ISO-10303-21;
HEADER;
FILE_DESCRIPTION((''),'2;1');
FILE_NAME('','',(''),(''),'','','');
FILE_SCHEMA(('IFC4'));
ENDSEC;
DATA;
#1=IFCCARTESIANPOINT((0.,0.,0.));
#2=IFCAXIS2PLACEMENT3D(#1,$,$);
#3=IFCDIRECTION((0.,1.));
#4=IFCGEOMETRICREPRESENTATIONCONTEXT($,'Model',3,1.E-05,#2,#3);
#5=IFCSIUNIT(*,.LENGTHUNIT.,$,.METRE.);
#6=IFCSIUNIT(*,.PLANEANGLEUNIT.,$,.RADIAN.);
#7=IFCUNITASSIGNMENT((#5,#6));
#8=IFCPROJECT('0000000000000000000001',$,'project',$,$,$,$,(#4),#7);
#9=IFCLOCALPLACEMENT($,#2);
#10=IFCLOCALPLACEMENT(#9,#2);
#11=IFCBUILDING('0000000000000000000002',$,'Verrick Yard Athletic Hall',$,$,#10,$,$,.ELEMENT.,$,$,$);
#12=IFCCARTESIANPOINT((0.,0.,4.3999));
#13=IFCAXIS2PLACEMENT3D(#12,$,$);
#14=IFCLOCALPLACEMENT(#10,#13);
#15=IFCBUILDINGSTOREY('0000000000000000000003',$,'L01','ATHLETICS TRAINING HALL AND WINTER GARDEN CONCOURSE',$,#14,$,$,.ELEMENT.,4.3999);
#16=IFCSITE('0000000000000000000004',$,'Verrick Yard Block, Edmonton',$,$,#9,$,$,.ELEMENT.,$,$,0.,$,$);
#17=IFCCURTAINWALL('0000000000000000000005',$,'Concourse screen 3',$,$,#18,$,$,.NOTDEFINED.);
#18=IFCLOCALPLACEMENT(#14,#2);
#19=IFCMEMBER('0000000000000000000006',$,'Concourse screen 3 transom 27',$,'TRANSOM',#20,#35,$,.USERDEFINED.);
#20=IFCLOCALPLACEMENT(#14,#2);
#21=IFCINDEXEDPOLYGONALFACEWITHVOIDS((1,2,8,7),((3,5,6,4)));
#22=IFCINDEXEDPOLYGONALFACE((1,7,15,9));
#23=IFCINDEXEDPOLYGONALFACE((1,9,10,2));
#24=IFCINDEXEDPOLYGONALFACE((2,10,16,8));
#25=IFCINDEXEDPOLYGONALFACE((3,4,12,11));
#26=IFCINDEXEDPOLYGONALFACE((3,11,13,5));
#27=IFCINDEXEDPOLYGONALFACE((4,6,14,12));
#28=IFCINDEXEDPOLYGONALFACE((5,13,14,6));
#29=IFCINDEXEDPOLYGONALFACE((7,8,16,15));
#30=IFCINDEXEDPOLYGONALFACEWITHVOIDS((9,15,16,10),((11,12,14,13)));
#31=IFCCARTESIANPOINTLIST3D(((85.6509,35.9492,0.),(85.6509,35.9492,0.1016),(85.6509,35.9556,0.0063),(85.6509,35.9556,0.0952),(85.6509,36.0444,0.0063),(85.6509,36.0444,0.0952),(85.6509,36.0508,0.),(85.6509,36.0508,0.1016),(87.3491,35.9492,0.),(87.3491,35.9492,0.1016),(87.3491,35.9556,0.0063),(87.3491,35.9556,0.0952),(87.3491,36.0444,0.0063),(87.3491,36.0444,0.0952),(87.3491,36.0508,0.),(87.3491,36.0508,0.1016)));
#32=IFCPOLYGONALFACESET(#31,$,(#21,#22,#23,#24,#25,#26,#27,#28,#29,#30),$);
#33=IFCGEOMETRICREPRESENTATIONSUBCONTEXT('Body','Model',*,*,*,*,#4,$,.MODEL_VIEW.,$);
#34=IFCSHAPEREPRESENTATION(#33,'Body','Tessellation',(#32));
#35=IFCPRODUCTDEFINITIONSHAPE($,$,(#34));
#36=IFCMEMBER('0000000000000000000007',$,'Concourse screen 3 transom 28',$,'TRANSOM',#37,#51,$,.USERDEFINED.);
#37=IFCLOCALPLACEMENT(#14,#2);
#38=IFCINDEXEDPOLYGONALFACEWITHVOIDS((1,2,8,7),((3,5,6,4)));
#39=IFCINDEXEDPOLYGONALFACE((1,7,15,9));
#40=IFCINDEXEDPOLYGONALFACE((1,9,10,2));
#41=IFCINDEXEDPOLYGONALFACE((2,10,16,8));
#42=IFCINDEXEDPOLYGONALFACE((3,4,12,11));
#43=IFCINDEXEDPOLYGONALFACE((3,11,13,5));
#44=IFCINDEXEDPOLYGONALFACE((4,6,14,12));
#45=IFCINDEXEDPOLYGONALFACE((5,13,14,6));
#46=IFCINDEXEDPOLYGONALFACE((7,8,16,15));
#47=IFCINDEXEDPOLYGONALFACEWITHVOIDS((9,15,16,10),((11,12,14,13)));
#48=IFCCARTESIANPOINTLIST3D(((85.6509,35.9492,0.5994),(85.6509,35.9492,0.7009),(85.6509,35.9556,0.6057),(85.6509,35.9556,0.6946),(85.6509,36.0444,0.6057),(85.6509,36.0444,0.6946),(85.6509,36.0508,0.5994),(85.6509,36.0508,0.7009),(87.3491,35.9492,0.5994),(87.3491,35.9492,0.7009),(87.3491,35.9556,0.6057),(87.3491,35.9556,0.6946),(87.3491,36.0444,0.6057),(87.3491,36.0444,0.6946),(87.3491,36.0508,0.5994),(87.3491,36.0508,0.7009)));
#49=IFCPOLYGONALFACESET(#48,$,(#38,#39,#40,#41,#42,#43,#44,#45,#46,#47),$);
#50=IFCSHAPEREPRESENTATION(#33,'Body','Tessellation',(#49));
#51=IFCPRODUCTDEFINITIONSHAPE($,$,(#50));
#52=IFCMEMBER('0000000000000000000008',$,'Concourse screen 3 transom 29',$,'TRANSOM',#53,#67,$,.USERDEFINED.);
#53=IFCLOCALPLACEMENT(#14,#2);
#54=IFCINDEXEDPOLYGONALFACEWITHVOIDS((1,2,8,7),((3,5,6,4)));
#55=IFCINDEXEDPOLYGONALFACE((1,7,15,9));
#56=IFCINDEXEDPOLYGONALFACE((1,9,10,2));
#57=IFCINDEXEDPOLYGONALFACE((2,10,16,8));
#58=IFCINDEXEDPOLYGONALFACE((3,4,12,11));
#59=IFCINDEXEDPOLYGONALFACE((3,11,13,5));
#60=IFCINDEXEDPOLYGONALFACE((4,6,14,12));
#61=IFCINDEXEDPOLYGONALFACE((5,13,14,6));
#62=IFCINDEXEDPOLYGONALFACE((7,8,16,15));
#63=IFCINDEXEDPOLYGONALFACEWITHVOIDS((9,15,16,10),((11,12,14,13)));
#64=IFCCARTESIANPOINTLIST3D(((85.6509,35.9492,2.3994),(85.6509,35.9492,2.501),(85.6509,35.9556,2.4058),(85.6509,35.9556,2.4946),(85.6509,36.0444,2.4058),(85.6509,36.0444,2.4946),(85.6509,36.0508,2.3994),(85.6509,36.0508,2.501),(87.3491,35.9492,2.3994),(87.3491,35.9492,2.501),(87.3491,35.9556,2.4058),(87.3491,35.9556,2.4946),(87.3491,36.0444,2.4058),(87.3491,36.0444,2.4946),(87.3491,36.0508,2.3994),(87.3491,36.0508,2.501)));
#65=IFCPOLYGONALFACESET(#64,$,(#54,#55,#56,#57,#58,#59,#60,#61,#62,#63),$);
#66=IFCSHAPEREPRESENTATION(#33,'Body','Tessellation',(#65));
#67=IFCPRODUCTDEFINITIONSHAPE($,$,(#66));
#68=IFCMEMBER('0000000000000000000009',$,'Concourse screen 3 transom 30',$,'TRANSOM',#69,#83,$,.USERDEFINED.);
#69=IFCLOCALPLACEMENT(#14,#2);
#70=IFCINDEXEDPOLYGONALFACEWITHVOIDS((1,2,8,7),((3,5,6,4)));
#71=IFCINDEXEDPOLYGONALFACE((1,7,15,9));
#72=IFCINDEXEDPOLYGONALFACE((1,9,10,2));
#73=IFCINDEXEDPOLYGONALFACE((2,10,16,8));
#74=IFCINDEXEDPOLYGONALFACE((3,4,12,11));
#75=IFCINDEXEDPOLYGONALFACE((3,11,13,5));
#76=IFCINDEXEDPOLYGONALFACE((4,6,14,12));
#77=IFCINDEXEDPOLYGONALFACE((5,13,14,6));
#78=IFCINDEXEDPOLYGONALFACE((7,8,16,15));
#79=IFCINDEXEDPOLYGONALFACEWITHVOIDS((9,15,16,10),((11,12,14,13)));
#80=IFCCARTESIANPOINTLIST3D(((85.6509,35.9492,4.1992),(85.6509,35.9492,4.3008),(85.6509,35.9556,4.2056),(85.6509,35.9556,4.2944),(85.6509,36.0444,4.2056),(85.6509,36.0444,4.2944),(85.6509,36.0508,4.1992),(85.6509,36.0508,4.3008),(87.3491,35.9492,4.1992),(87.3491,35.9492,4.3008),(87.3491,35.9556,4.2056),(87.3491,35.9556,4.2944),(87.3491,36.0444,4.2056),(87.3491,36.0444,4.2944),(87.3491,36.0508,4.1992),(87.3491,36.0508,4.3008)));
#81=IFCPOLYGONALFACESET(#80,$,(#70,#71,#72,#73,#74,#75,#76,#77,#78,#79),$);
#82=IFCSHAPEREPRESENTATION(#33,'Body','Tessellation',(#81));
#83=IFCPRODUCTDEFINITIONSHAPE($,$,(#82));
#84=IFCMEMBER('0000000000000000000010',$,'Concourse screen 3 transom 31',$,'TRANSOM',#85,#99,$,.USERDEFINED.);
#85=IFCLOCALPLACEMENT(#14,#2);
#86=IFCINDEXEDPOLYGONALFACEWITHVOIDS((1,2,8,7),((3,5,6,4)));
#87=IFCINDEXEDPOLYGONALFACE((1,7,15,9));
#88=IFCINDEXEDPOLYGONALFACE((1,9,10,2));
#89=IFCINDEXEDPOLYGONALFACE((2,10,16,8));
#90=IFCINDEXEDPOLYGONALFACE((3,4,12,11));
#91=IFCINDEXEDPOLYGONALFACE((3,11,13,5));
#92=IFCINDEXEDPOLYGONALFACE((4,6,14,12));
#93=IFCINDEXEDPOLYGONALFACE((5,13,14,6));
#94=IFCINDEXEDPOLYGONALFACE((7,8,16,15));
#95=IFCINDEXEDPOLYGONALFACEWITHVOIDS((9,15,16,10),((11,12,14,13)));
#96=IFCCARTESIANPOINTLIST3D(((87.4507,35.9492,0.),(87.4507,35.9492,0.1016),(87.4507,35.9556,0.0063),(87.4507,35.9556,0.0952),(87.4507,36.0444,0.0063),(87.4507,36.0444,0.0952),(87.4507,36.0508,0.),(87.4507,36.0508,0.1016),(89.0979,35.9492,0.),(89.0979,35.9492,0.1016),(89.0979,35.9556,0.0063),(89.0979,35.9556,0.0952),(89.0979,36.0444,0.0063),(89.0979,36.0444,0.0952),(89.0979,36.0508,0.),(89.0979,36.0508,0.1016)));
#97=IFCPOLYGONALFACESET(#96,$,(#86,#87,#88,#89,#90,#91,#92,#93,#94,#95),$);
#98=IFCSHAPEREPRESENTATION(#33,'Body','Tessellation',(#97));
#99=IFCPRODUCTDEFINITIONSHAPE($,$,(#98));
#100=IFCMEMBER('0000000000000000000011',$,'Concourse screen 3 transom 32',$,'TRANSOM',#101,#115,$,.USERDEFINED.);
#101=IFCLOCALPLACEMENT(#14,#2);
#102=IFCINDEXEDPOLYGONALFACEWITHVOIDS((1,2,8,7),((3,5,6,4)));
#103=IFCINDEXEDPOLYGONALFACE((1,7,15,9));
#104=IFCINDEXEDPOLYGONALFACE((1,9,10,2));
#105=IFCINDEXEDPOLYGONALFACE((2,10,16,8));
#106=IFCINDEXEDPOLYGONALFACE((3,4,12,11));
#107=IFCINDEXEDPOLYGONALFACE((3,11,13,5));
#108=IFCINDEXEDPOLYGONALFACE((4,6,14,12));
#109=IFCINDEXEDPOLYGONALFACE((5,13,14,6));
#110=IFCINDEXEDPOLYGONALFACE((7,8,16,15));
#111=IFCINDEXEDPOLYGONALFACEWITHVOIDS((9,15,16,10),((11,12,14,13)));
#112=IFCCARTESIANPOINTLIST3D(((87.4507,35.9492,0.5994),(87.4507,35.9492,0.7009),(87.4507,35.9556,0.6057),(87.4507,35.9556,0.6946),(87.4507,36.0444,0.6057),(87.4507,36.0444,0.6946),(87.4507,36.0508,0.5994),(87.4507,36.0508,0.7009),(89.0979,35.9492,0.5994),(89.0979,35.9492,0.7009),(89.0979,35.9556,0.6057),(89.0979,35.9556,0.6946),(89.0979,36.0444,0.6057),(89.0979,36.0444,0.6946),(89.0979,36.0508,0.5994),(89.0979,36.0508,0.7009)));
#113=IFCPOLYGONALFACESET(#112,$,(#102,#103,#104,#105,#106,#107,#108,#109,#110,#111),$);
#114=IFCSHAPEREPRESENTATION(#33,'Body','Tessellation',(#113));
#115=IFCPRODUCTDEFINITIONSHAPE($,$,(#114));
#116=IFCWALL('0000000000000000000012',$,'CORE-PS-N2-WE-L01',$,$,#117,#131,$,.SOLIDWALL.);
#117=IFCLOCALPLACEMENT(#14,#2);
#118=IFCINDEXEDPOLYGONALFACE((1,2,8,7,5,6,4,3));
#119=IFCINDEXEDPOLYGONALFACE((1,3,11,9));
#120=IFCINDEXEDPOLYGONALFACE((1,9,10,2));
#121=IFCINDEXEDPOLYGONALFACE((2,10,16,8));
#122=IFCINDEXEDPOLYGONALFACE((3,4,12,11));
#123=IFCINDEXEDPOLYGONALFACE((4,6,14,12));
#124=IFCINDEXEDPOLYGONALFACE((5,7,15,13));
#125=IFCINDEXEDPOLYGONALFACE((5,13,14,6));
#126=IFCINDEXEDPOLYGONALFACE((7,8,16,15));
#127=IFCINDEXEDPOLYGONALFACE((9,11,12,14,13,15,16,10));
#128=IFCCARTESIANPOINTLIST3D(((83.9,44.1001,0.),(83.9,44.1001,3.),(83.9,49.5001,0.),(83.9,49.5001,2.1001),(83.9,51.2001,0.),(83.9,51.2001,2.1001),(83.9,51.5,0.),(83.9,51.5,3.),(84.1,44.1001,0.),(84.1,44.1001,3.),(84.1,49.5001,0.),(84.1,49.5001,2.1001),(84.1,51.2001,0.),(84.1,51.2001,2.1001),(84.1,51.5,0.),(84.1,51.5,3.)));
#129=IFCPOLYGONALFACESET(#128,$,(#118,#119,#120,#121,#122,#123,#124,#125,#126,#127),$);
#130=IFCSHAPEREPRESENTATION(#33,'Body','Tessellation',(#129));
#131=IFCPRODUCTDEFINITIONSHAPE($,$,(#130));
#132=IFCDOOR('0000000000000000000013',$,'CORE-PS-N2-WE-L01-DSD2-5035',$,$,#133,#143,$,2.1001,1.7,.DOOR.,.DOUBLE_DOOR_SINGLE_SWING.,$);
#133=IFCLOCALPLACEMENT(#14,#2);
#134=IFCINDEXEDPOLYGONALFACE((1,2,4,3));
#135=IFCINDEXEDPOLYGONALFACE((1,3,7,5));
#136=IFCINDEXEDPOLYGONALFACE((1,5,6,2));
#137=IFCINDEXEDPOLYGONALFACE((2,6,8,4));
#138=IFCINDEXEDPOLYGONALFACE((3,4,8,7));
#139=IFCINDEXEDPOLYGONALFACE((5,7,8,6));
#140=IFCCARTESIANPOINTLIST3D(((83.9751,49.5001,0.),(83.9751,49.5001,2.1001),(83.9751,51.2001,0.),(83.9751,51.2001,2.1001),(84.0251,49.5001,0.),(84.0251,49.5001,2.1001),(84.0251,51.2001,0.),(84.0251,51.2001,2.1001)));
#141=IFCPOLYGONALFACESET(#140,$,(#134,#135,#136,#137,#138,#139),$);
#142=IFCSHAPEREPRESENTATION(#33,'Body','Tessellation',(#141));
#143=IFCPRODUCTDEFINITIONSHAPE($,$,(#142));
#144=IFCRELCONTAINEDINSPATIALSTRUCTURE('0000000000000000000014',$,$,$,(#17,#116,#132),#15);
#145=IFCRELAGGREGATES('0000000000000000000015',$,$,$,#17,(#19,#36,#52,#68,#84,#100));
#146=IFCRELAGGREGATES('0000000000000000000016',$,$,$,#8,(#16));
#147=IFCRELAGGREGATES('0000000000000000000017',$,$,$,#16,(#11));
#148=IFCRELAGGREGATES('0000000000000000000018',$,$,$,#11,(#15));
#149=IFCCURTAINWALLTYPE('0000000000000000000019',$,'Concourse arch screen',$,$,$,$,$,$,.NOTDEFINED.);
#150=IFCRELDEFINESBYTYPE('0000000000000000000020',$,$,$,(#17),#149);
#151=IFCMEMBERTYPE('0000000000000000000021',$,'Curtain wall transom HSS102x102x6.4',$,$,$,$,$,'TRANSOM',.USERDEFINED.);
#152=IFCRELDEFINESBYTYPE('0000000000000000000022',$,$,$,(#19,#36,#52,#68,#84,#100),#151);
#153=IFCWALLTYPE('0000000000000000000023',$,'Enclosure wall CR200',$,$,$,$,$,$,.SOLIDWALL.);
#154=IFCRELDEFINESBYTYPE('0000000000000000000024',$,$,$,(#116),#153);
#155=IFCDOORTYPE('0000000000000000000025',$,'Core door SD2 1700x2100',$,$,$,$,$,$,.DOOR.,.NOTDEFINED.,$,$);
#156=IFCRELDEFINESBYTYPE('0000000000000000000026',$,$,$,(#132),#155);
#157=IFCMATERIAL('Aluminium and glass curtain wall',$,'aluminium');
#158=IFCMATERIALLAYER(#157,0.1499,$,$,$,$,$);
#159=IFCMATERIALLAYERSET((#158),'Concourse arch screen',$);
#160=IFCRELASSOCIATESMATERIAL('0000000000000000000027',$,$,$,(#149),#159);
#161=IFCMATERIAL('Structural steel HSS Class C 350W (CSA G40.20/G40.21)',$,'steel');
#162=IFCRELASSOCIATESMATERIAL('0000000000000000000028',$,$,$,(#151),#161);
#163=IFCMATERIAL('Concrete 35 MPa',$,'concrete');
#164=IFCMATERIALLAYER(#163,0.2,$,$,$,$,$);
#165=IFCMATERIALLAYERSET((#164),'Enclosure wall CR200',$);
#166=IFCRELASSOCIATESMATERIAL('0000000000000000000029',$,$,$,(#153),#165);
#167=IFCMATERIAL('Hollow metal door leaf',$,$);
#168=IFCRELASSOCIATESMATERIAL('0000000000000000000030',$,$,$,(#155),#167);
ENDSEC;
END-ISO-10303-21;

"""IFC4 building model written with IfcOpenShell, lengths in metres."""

from ifc_helpers import new_model, si_unit, direction, frame, frame_2d, origin, origin_2d, place, context, subcontext, project, spatial, rectangle, hollow_rectangle, extrude, material, layer, layer_set, material_profile, profile_set, type_object, element, fill, aggregate, save


model = new_model("IFC4")

# Units and contexts
model_context = context("Model", 3, precision=1e-05, world=origin(), true_north=direction((0.0, 1.0)))
body_context = subcontext(model_context, "Body", "Model", "MODEL_VIEW")
ifc_project = project(units=[si_unit("LENGTHUNIT", "METRE"), si_unit("PLANEANGLEUNIT", "RADIAN")], contexts=[model_context])

# Site, building, storey
site_placement = place(None, origin())
site = spatial("IfcSite", under=ifc_project, at=site_placement, Name="Verrick Yard Block, Edmonton", CompositionType="ELEMENT", RefElevation=0.0)
building_placement = place(site_placement, origin())
building = spatial("IfcBuilding", under=site, at=building_placement, Name="Verrick Yard Athletic Hall", CompositionType="ELEMENT")
storey_placement = place(building_placement, frame((0.0, 0.0, 4.3999)))
storey = spatial("IfcBuildingStorey", under=building, at=storey_placement, Name="L01", Description="ATHLETICS TRAINING HALL AND WINTER GARDEN CONCOURSE", CompositionType="ELEMENT", Elevation=4.3999)

# Shared definitions
ifc_material_1 = material(Name="Concrete 35 MPa", Category="concrete")

# Curtain wall, members
ifc_material_2 = material(Name="Aluminium and glass curtain wall", Category="aluminium")
ifc_layer_1 = layer(ifc_material_2, 0.1499)
ifc_layer_set_1 = layer_set([ifc_layer_1], Name="Concourse arch screen")
curtain_wall_type = type_object("IfcCurtainWallType", Name="Concourse arch screen", PredefinedType="NOTDEFINED", material=ifc_layer_set_1)
curtain_wall_placement = place(storey_placement, origin())
curtain_wall = element("IfcCurtainWall", 1, at=curtain_wall_placement, inside=storey, type_object=curtain_wall_type, Name="Concourse screen 3", PredefinedType="NOTDEFINED")
ifc_material_3 = material(Name="Structural steel HSS Class C 350W (CSA G40.20/G40.21)", Category="steel")
ifc_material_profile_1 = material_profile(ifc_material_3, hollow_rectangle(XDim=0.1016, YDim=0.1016, WallThickness=0.0063, at=origin_2d()), Name="HSS102x102x6.4")
ifc_profile_set_1 = profile_set([ifc_material_profile_1], Name="Structural steel HSS Class C 350W (CSA G40.20/G40.21)")
member_type_1 = type_object("IfcMemberType", Name="Curtain wall transom HSS102x102x6.4", ElementType="TRANSOM", PredefinedType="USERDEFINED", material=ifc_profile_set_1)
member_1_placement = place(storey_placement, frame((85.6509, 36.0, 0.0508), z_axis=(1.0, 0.0, 0.0), x_axis=(0.0, 1.0, 0.0)))
member_1 = element("IfcMember", 2, at=member_1_placement, type_object=member_type_1, Name="Concourse screen 3 transom 27", ObjectType="TRANSOM", PredefinedType="USERDEFINED", context=body_context, shape_type="SweptSolid", body=[
    extrude(hollow_rectangle(XDim=0.1016, YDim=0.1016, WallThickness=0.0063, at=origin_2d()), origin(), (0.0, 0.0, 1.0), 1.6982),
])
member_2_placement = place(storey_placement, frame((85.6509, 36.0, 0.6501), z_axis=(1.0, 0.0, 0.0), x_axis=(0.0, 1.0, 0.0)))
member_2 = element("IfcMember", 3, at=member_2_placement, type_object=member_type_1, Name="Concourse screen 3 transom 28", ObjectType="TRANSOM", PredefinedType="USERDEFINED", context=body_context, shape_type="SweptSolid", body=[
    extrude(hollow_rectangle(XDim=0.1016, YDim=0.1016, WallThickness=0.0063, at=origin_2d()), origin(), (0.0, 0.0, 1.0), 1.6982),
])
member_3_placement = place(storey_placement, frame((85.6509, 36.0, 2.4502), z_axis=(1.0, 0.0, 0.0), x_axis=(0.0, 1.0, 0.0)))
member_3 = element("IfcMember", 4, at=member_3_placement, type_object=member_type_1, Name="Concourse screen 3 transom 29", ObjectType="TRANSOM", PredefinedType="USERDEFINED", context=body_context, shape_type="SweptSolid", body=[
    extrude(hollow_rectangle(XDim=0.1016, YDim=0.1016, WallThickness=0.0063, at=origin_2d()), origin(), (0.0, 0.0, 1.0), 1.6982),
])
member_4_placement = place(storey_placement, frame((85.6509, 36.0, 4.25), z_axis=(1.0, 0.0, 0.0), x_axis=(0.0, 1.0, 0.0)))
member_4 = element("IfcMember", 5, at=member_4_placement, type_object=member_type_1, Name="Concourse screen 3 transom 30", ObjectType="TRANSOM", PredefinedType="USERDEFINED", context=body_context, shape_type="SweptSolid", body=[
    extrude(hollow_rectangle(XDim=0.1016, YDim=0.1016, WallThickness=0.0063, at=origin_2d()), origin(), (0.0, 0.0, 1.0), 1.6982),
])
member_5_placement = place(storey_placement, frame((87.4507, 36.0, 0.0508), z_axis=(1.0, 0.0, 0.0), x_axis=(0.0, 1.0, 0.0)))
member_5 = element("IfcMember", 6, at=member_5_placement, type_object=member_type_1, Name="Concourse screen 3 transom 31", ObjectType="TRANSOM", PredefinedType="USERDEFINED", context=body_context, shape_type="SweptSolid", body=[
    extrude(hollow_rectangle(XDim=0.1016, YDim=0.1016, WallThickness=0.0063, at=origin_2d()), origin(), (0.0, 0.0, 1.0), 1.6472),
])
member_6_placement = place(storey_placement, frame((87.4507, 36.0, 0.6501), z_axis=(1.0, 0.0, 0.0), x_axis=(0.0, 1.0, 0.0)))
member_6 = element("IfcMember", 7, at=member_6_placement, type_object=member_type_1, Name="Concourse screen 3 transom 32", ObjectType="TRANSOM", PredefinedType="USERDEFINED", context=body_context, shape_type="SweptSolid", body=[
    extrude(hollow_rectangle(XDim=0.1016, YDim=0.1016, WallThickness=0.0063, at=origin_2d()), origin(), (0.0, 0.0, 1.0), 1.6472),
])
aggregate(curtain_wall, [member_1, member_2, member_3, member_4, member_5, member_6])

# Wall, opening, door
ifc_layer_2 = layer(ifc_material_1, 0.2)
ifc_layer_set_2 = layer_set([ifc_layer_2], Name="Enclosure wall CR200")
wall_type = type_object("IfcWallType", Name="Enclosure wall CR200", PredefinedType="SOLIDWALL", material=ifc_layer_set_2)
wall_placement = place(storey_placement, frame((84.0, 44.1001, 0.0), z_axis=(0.0, 0.0, 1.0), x_axis=(0.0, 1.0, 0.0)))
wall = element("IfcWall", 8, at=wall_placement, inside=storey, type_object=wall_type, Name="CORE-PS-N2-WE-L01", PredefinedType="SOLIDWALL", context=body_context, shape_type="SweptSolid", body=[
    extrude(rectangle(XDim=7.3999, YDim=0.2, at=frame_2d((3.7, 0.0))), origin(), (0.0, 0.0, 1.0), 3.0),
])
opening_placement = place(wall_placement, frame((5.3999, 0.0, 0.0)))
opening = element("IfcOpeningElement", 9, at=opening_placement, cuts=wall, PredefinedType="OPENING", context=body_context, shape_type="SweptSolid", body=[
    extrude(rectangle(XDim=1.7, YDim=2.1001, at=frame_2d((0.8501, 1.05))), frame((0.0, 0.1099, 0.0), z_axis=(0.0, -1.0, 0.0), x_axis=(1.0, 0.0, 0.0)), (0.0, 0.0, 1.0), 0.22),
])
ifc_material_4 = material(Name="Hollow metal door leaf")
door_type = type_object("IfcDoorType", Name="Core door SD2 1700x2100", OperationType="NOTDEFINED", PredefinedType="DOOR", material=ifc_material_4)
door_placement = place(opening_placement, origin())
door = element("IfcDoor", 10, at=door_placement, inside=storey, type_object=door_type, Name="CORE-PS-N2-WE-L01-DSD2-5035", OperationType="DOUBLE_DOOR_SINGLE_SWING", OverallHeight=2.1001, OverallWidth=1.7, PredefinedType="DOOR", context=body_context, shape_type="SweptSolid", body=[
    extrude(rectangle(XDim=1.7, YDim=2.1001, at=frame_2d((0.8501, 1.05))), frame((0.0, 0.0249, 0.0), z_axis=(0.0, -1.0, 0.0), x_axis=(1.0, 0.0, 0.0)), (0.0, 0.0, 1.0), 0.05),
])
fill(opening, door)

save(model, "model.ifc")
